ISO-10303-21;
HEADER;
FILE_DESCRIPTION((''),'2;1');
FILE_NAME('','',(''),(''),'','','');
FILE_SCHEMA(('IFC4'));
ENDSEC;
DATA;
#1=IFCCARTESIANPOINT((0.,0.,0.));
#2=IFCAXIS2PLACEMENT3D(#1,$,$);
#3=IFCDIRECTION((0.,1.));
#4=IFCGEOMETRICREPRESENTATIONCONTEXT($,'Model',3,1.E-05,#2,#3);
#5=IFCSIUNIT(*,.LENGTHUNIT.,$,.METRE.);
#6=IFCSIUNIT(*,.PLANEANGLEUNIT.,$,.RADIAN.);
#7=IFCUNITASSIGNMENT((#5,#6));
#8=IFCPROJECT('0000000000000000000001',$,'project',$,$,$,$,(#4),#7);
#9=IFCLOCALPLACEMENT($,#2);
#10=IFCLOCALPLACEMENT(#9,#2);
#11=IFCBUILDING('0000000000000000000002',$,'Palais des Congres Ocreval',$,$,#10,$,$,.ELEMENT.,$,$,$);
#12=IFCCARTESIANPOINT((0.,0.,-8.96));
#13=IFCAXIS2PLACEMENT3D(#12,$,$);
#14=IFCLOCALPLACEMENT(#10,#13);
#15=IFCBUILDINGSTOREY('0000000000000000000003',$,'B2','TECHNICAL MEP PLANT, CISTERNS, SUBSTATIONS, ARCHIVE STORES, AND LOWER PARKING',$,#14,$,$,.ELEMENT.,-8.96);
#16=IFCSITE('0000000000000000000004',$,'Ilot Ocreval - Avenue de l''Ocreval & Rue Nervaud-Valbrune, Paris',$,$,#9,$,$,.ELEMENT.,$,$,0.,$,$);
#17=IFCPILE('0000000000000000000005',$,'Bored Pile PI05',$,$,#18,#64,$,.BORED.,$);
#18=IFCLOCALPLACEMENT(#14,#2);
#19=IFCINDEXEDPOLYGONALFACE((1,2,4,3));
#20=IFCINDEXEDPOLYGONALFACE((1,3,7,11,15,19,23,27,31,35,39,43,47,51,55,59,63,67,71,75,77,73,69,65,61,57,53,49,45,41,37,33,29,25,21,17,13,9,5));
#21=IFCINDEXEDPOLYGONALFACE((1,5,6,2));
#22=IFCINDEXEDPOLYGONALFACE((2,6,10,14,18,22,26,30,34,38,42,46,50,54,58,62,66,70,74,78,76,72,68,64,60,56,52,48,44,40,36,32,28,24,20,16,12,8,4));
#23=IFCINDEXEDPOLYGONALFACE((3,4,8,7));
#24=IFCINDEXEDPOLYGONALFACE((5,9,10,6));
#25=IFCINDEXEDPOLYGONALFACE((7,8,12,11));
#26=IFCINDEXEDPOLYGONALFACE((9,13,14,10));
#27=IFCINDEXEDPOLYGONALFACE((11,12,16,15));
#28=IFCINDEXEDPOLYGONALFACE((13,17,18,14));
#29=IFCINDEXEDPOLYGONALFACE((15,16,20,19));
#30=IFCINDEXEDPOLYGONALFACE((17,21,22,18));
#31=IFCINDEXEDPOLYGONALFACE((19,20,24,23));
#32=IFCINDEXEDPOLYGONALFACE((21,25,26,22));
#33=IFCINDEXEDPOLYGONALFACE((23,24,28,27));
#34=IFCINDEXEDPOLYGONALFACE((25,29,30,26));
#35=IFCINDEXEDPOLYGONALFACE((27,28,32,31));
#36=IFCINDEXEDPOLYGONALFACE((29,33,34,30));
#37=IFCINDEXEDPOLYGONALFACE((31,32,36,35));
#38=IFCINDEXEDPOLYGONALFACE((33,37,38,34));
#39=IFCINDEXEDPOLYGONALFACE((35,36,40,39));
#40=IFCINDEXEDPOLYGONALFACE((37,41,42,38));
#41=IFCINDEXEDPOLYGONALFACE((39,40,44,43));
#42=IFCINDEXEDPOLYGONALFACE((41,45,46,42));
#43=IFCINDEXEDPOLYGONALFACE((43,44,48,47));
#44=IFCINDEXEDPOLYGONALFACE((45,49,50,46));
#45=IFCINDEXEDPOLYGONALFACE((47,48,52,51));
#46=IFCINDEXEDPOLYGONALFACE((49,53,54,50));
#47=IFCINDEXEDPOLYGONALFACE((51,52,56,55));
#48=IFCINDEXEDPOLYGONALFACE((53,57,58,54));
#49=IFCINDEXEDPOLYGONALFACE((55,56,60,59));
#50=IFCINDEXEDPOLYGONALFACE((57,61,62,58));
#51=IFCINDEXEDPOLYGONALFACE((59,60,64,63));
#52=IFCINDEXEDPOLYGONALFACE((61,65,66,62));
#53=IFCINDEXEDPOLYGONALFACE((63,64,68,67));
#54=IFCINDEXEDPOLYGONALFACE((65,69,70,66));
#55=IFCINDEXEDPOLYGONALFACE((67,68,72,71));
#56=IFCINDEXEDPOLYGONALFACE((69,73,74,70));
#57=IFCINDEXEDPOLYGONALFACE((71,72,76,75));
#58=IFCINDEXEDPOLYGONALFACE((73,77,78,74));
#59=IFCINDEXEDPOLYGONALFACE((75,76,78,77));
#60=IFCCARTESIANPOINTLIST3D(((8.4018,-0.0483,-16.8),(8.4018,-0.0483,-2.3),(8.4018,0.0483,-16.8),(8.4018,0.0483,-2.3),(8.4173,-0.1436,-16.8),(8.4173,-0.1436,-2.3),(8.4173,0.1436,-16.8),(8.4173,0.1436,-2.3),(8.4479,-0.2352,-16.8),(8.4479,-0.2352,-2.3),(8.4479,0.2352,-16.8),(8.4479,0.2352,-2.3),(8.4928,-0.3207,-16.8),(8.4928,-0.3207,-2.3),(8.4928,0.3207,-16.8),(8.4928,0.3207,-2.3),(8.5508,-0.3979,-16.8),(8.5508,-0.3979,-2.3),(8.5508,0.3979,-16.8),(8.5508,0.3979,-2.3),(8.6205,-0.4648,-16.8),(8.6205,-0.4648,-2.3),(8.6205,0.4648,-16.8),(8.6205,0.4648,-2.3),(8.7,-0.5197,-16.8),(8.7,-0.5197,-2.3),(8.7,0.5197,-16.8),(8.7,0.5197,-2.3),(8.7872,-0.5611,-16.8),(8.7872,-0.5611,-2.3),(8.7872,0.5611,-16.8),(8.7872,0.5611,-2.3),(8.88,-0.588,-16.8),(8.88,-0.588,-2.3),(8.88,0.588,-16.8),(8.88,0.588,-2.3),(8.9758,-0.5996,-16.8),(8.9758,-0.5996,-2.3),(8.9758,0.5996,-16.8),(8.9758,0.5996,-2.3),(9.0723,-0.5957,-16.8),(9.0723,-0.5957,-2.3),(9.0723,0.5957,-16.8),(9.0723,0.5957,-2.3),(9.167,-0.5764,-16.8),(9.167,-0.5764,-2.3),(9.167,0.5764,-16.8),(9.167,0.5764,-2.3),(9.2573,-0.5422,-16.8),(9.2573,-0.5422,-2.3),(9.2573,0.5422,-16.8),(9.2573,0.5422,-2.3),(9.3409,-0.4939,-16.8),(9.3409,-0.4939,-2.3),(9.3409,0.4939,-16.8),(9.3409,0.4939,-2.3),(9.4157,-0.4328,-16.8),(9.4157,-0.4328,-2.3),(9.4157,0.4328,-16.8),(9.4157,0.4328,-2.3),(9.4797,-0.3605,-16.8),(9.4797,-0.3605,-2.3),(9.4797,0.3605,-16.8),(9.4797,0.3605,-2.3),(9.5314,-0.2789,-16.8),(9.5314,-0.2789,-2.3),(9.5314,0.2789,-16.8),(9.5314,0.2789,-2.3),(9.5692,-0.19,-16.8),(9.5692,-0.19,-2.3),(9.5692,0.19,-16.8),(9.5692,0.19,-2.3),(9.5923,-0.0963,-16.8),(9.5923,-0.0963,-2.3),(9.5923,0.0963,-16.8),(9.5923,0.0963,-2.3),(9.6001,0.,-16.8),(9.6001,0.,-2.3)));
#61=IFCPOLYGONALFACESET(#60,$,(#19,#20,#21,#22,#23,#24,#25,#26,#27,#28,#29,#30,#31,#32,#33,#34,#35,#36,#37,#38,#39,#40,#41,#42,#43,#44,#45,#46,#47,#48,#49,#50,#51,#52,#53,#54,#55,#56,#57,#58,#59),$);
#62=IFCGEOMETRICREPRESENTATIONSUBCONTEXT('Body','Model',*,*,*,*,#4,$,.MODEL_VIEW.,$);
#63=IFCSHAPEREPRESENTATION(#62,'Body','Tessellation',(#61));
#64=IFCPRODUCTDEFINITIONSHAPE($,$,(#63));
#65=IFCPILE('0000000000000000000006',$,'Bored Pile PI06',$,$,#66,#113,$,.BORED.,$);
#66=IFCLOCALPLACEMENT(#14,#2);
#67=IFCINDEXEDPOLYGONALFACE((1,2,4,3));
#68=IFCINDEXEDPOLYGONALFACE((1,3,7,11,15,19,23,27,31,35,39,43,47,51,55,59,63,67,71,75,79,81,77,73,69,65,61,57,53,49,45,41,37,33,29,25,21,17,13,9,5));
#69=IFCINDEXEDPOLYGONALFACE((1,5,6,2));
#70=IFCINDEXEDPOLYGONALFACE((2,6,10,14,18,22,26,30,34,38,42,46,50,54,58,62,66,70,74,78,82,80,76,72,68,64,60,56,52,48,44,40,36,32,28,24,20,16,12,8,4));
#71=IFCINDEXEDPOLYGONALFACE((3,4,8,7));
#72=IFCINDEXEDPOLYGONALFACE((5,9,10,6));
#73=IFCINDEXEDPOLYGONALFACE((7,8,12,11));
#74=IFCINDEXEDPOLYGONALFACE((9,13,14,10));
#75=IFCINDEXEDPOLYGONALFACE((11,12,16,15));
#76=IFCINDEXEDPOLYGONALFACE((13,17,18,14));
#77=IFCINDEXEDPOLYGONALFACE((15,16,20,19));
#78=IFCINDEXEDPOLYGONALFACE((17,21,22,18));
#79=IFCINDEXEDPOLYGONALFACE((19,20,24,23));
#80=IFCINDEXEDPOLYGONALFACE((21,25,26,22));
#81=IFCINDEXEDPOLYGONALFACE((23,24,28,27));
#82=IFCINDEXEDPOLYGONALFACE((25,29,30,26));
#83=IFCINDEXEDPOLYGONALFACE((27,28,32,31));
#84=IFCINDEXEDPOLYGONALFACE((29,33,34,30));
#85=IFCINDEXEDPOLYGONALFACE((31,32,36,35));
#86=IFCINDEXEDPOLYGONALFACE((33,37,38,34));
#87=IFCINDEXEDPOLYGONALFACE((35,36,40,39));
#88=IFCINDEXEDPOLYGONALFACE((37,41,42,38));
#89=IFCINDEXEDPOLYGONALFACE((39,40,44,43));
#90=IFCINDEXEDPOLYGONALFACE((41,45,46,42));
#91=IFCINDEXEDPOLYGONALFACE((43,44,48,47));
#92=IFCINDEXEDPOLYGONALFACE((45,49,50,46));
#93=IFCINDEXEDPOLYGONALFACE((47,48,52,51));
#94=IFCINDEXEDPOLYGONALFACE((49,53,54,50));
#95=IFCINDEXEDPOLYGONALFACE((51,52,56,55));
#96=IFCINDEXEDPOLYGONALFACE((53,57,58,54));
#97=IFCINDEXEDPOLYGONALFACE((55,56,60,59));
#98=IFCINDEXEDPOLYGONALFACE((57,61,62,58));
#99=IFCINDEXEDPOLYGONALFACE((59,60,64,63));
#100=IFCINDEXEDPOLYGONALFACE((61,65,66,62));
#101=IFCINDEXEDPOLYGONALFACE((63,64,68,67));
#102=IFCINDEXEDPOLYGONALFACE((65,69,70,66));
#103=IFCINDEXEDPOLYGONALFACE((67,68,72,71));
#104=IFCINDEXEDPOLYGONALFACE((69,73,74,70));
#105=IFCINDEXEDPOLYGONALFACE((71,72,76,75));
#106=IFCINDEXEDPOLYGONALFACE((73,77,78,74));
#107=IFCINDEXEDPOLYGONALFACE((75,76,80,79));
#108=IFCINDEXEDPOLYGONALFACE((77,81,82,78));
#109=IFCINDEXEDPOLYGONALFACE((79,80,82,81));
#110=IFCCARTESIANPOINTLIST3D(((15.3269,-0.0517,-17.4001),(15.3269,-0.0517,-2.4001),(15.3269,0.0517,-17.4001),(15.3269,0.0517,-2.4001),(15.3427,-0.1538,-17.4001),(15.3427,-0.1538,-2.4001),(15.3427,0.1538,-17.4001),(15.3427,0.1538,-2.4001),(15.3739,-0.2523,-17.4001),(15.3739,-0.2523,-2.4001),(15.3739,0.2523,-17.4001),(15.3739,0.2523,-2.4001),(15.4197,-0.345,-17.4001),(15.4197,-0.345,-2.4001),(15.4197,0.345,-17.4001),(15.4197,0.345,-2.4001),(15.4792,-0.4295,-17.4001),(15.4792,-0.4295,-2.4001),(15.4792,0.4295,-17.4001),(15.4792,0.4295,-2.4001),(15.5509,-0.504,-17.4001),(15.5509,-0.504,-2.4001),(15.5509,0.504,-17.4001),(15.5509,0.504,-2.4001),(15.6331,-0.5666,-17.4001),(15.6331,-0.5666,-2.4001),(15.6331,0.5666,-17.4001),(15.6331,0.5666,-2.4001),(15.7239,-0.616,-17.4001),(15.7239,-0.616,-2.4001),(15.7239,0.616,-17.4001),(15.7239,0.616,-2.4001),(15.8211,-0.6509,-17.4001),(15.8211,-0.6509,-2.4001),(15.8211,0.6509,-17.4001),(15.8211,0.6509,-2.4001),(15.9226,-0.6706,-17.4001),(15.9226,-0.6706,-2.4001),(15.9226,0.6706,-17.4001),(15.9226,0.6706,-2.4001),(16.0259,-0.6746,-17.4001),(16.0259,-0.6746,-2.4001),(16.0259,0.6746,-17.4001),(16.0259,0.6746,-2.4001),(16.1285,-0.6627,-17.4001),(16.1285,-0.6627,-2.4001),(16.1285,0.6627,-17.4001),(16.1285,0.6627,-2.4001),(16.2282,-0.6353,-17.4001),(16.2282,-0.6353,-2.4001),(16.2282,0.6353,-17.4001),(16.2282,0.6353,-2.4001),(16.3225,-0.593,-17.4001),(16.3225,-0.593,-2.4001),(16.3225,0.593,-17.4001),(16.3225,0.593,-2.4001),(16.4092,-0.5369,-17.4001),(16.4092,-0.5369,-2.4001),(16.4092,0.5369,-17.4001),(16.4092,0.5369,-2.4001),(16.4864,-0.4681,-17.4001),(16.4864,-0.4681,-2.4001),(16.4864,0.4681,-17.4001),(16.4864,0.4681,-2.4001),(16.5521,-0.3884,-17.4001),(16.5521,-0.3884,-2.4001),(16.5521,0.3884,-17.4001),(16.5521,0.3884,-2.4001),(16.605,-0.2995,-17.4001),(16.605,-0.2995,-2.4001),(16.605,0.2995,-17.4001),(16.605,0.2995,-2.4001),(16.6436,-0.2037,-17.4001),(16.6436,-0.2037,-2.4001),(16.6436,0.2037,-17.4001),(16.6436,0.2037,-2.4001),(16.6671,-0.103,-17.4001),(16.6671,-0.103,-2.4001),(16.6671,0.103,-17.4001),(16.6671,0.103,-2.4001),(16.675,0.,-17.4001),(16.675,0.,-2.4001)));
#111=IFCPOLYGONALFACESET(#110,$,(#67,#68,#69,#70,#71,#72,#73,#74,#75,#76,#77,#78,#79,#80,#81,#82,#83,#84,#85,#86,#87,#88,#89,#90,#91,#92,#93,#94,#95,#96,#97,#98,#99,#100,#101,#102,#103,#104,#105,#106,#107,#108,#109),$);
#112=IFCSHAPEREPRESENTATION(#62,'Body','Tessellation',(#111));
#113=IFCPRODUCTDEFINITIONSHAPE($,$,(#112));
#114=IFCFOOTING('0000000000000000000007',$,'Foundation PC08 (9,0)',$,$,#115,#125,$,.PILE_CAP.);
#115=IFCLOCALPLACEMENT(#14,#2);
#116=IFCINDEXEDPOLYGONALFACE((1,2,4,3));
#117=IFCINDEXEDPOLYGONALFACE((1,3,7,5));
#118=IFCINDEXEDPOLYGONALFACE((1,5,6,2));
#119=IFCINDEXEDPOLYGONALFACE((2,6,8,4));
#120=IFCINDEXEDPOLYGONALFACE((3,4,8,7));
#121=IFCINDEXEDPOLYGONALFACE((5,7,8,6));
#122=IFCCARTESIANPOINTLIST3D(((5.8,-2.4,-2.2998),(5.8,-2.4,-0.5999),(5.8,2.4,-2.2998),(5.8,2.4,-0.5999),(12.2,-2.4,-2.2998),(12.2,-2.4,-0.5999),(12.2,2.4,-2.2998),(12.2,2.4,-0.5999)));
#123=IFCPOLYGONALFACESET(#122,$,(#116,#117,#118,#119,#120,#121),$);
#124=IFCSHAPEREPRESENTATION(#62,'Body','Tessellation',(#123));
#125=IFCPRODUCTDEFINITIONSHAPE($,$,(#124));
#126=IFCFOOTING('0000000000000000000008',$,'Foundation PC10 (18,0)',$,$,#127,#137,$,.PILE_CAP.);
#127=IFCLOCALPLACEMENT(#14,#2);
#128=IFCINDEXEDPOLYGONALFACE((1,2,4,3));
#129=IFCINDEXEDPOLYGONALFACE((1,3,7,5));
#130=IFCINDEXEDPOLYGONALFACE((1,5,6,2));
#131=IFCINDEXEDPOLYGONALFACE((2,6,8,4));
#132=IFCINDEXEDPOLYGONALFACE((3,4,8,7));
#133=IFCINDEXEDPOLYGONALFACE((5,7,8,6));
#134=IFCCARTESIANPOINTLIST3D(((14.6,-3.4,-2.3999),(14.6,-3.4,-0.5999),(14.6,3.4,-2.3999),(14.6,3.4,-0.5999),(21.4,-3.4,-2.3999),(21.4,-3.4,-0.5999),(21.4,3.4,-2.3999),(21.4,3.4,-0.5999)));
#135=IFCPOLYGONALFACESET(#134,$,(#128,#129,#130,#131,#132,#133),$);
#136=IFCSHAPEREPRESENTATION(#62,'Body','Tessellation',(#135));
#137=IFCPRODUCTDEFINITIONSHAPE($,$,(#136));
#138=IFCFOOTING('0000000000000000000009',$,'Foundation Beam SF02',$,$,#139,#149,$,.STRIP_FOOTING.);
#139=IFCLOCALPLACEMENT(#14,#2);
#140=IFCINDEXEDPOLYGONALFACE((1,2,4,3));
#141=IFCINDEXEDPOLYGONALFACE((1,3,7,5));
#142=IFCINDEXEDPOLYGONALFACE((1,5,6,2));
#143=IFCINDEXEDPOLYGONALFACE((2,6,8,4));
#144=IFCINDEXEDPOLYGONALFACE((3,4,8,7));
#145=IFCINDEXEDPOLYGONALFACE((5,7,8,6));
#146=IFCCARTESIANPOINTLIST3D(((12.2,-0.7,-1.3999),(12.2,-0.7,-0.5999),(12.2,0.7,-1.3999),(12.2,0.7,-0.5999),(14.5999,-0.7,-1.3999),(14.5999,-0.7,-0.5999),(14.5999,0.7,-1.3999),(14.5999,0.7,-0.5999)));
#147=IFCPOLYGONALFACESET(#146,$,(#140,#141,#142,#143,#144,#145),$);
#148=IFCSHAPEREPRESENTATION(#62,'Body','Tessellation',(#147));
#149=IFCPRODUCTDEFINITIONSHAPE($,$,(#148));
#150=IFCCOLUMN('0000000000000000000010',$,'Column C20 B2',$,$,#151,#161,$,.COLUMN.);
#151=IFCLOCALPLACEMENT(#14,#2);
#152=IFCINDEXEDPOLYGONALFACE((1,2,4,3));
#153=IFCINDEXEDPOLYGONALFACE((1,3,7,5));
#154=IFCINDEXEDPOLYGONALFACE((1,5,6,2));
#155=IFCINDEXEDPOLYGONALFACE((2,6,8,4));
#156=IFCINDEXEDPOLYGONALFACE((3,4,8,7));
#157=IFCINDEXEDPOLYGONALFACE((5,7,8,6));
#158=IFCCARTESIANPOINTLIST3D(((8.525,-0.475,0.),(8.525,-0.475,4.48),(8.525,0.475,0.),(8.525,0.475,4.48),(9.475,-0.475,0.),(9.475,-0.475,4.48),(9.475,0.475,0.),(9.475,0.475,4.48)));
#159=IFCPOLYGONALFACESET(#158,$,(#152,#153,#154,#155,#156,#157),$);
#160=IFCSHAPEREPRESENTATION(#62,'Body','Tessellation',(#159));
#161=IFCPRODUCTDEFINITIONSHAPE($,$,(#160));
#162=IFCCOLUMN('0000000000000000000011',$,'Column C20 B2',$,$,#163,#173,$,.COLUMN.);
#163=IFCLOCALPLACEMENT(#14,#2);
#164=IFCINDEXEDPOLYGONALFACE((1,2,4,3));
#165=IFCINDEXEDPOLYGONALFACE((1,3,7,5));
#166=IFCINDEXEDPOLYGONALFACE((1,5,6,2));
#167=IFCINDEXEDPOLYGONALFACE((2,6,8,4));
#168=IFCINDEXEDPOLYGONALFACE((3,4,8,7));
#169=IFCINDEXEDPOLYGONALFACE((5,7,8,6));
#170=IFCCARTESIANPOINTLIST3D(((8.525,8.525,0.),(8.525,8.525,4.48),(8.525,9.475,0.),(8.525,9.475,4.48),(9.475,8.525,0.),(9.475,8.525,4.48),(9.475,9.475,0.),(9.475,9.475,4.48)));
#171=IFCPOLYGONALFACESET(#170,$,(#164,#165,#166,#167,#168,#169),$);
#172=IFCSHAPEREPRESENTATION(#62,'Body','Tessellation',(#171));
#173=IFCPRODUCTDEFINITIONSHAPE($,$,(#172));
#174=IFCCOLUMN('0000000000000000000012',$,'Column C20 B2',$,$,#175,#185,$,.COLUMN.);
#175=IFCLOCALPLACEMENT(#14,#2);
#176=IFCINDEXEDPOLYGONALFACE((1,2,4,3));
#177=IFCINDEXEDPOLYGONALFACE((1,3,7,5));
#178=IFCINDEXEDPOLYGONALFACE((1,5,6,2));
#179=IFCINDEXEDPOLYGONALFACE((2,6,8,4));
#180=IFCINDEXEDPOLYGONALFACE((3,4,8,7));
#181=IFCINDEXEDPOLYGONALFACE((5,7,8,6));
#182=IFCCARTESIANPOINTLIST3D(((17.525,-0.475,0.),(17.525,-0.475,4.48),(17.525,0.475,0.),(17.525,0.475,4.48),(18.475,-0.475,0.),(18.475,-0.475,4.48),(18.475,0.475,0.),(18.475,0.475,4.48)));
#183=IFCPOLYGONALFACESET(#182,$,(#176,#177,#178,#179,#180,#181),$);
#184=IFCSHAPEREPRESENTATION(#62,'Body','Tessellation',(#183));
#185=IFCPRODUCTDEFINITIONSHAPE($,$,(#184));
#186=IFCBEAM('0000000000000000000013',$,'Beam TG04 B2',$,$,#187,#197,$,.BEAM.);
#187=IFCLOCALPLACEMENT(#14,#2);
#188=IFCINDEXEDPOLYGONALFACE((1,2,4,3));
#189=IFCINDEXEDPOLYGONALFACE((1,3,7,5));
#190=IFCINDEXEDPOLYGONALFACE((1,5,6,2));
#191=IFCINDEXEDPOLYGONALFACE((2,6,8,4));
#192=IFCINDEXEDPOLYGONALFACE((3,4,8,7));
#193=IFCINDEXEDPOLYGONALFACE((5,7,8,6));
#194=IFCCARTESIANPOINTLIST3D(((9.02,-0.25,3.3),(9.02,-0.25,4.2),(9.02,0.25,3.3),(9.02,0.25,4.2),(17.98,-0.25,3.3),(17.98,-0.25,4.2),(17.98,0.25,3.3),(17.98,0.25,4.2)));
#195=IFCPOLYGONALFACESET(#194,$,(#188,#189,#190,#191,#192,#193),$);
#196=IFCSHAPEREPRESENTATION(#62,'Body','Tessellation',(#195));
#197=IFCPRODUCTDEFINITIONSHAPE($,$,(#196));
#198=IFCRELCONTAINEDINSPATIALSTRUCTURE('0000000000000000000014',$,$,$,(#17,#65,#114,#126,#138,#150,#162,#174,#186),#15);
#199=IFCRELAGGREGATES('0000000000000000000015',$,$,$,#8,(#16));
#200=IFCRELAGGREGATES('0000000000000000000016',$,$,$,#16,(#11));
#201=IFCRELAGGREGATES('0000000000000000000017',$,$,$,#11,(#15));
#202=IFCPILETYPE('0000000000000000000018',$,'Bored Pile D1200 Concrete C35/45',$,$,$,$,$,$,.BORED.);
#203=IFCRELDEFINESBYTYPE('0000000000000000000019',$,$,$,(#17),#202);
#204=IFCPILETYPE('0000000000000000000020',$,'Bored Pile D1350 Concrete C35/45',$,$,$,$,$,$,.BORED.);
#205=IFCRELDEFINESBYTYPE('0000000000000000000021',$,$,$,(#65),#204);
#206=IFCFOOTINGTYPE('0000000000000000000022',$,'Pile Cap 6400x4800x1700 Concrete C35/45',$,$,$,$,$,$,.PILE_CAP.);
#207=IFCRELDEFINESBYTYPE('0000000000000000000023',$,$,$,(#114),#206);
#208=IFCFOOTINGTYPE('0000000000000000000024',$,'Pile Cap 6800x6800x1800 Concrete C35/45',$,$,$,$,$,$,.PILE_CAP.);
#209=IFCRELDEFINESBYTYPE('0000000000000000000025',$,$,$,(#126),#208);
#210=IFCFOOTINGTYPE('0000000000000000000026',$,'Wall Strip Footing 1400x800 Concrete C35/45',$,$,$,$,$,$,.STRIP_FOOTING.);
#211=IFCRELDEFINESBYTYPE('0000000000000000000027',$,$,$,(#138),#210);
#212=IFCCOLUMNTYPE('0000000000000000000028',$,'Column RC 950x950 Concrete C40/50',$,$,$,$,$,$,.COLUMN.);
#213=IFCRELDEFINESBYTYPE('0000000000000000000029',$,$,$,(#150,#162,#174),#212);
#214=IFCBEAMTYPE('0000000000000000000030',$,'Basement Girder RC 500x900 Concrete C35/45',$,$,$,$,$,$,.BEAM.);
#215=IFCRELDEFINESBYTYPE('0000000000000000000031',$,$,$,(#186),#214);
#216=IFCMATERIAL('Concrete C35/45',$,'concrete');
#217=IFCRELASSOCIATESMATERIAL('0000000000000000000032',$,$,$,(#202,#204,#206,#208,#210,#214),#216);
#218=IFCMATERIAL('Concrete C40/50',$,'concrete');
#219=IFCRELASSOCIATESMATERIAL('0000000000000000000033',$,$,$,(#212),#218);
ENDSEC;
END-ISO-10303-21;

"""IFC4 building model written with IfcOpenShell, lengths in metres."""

from ifc_helpers import new_model, si_unit, direction, frame, origin, origin_2d, place, context, subcontext, project, spatial, rectangle, circle, extrude, material, material_profile, profile_set, type_object, element, save


model = new_model("IFC4")

# Units and contexts
model_context = context("Model", 3, precision=1e-05, world=origin(), true_north=direction((0.0, 1.0)))
body_context = subcontext(model_context, "Body", "Model", "MODEL_VIEW")
ifc_project = project(units=[si_unit("LENGTHUNIT", "METRE"), si_unit("PLANEANGLEUNIT", "RADIAN")], contexts=[model_context])

# Site, building, storey
site_placement = place(None, origin())
site = spatial("IfcSite", under=ifc_project, at=site_placement, Name="Ilot Ocreval - Avenue de l'Ocreval & Rue Nervaud-Valbrune, Paris", CompositionType="ELEMENT", RefElevation=0.0)
building_placement = place(site_placement, origin())
building = spatial("IfcBuilding", under=site, at=building_placement, Name="Palais des Congres Ocreval", CompositionType="ELEMENT")
storey_placement = place(building_placement, frame((0.0, 0.0, -8.96)))
storey = spatial("IfcBuildingStorey", under=building, at=storey_placement, Name="B2", Description="TECHNICAL MEP PLANT, CISTERNS, SUBSTATIONS, ARCHIVE STORES, AND LOWER PARKING", CompositionType="ELEMENT", Elevation=-8.96)

# Piles
ifc_material_1 = material(Name="Concrete C35/45", Category="concrete")
ifc_material_profile_1 = material_profile(ifc_material_1, circle(Radius=0.6001, at=origin_2d()), Name="BORED PILE 1200")
ifc_profile_set_1 = profile_set([ifc_material_profile_1], Name="Concrete C35/45")
pile_type_1 = type_object("IfcPileType", Name="Bored Pile D1200 Concrete C35/45", PredefinedType="BORED", material=ifc_profile_set_1)
pile_1_placement = place(storey_placement, frame((9.0, 0.0, -2.3), z_axis=(0.0, 0.0, -1.0), x_axis=(1.0, 0.0, 0.0)))
element("IfcPile", 1, at=pile_1_placement, inside=storey, type_object=pile_type_1, Name="Bored Pile PI05", PredefinedType="BORED", context=body_context, shape_type="SweptSolid", body=[
    extrude(circle(Radius=0.6001, at=origin_2d()), origin(), (0.0, 0.0, 1.0), 14.5),
])
ifc_material_profile_2 = material_profile(ifc_material_1, circle(Radius=0.675, at=origin_2d()), Name="BORED PILE 1350")
ifc_profile_set_2 = profile_set([ifc_material_profile_2], Name="Concrete C35/45")
pile_type_2 = type_object("IfcPileType", Name="Bored Pile D1350 Concrete C35/45", PredefinedType="BORED", material=ifc_profile_set_2)
pile_2_placement = place(storey_placement, frame((16.0, 0.0, -2.4001), z_axis=(0.0, 0.0, -1.0), x_axis=(1.0, 0.0, 0.0)))
element("IfcPile", 2, at=pile_2_placement, inside=storey, type_object=pile_type_2, Name="Bored Pile PI06", PredefinedType="BORED", context=body_context, shape_type="SweptSolid", body=[
    extrude(circle(Radius=0.675, at=origin_2d()), origin(), (0.0, 0.0, 1.0), 15.0),
])

# Footings
footing_type_1 = type_object("IfcFootingType", Name="Pile Cap 6400x4800x1700 Concrete C35/45", PredefinedType="PILE_CAP", material=ifc_material_1)
footing_1_placement = place(storey_placement, frame((9.0, 0.0, -2.2998), z_axis=(0.0, 0.0, 1.0), x_axis=(1.0, 0.0, 0.0)))
element("IfcFooting", 3, at=footing_1_placement, inside=storey, type_object=footing_type_1, Name="Foundation PC08 (9,0)", PredefinedType="PILE_CAP", context=body_context, shape_type="SweptSolid", body=[
    extrude(rectangle(XDim=6.3999, YDim=4.8, at=origin_2d()), origin(), (0.0, 0.0, 1.0), 1.7),
])
footing_type_2 = type_object("IfcFootingType", Name="Pile Cap 6800x6800x1800 Concrete C35/45", PredefinedType="PILE_CAP", material=ifc_material_1)
footing_2_placement = place(storey_placement, frame((18.0, 0.0, -2.3999), z_axis=(0.0, 0.0, 1.0), x_axis=(1.0, 0.0, 0.0)))
element("IfcFooting", 4, at=footing_2_placement, inside=storey, type_object=footing_type_2, Name="Foundation PC10 (18,0)", PredefinedType="PILE_CAP", context=body_context, shape_type="SweptSolid", body=[
    extrude(rectangle(XDim=6.8, YDim=6.8, at=origin_2d()), origin(), (0.0, 0.0, 1.0), 1.8),
])
footing_type_3 = type_object("IfcFootingType", Name="Wall Strip Footing 1400x800 Concrete C35/45", PredefinedType="STRIP_FOOTING", material=ifc_material_1)
footing_3_placement = place(storey_placement, frame((13.3999, 0.0, -1.3999), z_axis=(0.0, 0.0, 1.0), x_axis=(1.0, 0.0, 0.0)))
element("IfcFooting", 5, at=footing_3_placement, inside=storey, type_object=footing_type_3, Name="Foundation Beam SF02", PredefinedType="STRIP_FOOTING", context=body_context, shape_type="SweptSolid", body=[
    extrude(rectangle(XDim=2.3999, YDim=1.3999, at=origin_2d()), origin(), (0.0, 0.0, 1.0), 0.8),
])

# Columns
ifc_material_2 = material(Name="Concrete C40/50", Category="concrete")
ifc_material_profile_3 = material_profile(ifc_material_2, rectangle(XDim=0.95, YDim=0.95, at=origin_2d()), Name="RC 950x950")
ifc_profile_set_3 = profile_set([ifc_material_profile_3], Name="Concrete C40/50")
column_type = type_object("IfcColumnType", Name="Column RC 950x950 Concrete C40/50", PredefinedType="COLUMN", material=ifc_profile_set_3)
for number, where, z_axis, x_axis, name in (
    (6, (9.0, 0.0, 0.0), (0.0, 0.0, 1.0), (1.0, 0.0, 0.0), "Column C20 B2"),
    (7, (9.0, 9.0, 0.0), (0.0, 0.0, 1.0), (1.0, 0.0, 0.0), "Column C20 B2"),
    (8, (18.0, 0.0, 0.0), (0.0, 0.0, 1.0), (1.0, 0.0, 0.0), "Column C20 B2"),
):
    element("IfcColumn", number, at=place(storey_placement, frame(where, z_axis=z_axis, x_axis=x_axis)), inside=storey, type_object=column_type, Name=name, PredefinedType="COLUMN", context=body_context, shape_type="SweptSolid", body=[
        extrude(rectangle(XDim=0.95, YDim=0.95, at=origin_2d()), origin(), (0.0, 0.0, 1.0), 4.48),
    ])

# Beam
ifc_material_profile_4 = material_profile(ifc_material_1, rectangle(XDim=0.5, YDim=0.8999, at=origin_2d()), Name="RC 500x900")
ifc_profile_set_4 = profile_set([ifc_material_profile_4], Name="Concrete C35/45")
beam_type_1 = type_object("IfcBeamType", Name="Basement Girder RC 500x900 Concrete C35/45", PredefinedType="BEAM", material=ifc_profile_set_4)
for number, where, z_axis, x_axis, name in (
    (9, (9.02, 0.0, 3.75), (1.0, 0.0, 0.0), (0.0, 1.0, 0.0), "Beam TG04 B2"),
):
    element("IfcBeam", number, at=place(storey_placement, frame(where, z_axis=z_axis, x_axis=x_axis)), inside=storey, type_object=beam_type_1, Name=name, PredefinedType="BEAM", context=body_context, shape_type="SweptSolid", body=[
        extrude(rectangle(XDim=0.5, YDim=0.8999, at=origin_2d()), origin(), (0.0, 0.0, 1.0), 8.96),
    ])

save(model, "model.ifc")
